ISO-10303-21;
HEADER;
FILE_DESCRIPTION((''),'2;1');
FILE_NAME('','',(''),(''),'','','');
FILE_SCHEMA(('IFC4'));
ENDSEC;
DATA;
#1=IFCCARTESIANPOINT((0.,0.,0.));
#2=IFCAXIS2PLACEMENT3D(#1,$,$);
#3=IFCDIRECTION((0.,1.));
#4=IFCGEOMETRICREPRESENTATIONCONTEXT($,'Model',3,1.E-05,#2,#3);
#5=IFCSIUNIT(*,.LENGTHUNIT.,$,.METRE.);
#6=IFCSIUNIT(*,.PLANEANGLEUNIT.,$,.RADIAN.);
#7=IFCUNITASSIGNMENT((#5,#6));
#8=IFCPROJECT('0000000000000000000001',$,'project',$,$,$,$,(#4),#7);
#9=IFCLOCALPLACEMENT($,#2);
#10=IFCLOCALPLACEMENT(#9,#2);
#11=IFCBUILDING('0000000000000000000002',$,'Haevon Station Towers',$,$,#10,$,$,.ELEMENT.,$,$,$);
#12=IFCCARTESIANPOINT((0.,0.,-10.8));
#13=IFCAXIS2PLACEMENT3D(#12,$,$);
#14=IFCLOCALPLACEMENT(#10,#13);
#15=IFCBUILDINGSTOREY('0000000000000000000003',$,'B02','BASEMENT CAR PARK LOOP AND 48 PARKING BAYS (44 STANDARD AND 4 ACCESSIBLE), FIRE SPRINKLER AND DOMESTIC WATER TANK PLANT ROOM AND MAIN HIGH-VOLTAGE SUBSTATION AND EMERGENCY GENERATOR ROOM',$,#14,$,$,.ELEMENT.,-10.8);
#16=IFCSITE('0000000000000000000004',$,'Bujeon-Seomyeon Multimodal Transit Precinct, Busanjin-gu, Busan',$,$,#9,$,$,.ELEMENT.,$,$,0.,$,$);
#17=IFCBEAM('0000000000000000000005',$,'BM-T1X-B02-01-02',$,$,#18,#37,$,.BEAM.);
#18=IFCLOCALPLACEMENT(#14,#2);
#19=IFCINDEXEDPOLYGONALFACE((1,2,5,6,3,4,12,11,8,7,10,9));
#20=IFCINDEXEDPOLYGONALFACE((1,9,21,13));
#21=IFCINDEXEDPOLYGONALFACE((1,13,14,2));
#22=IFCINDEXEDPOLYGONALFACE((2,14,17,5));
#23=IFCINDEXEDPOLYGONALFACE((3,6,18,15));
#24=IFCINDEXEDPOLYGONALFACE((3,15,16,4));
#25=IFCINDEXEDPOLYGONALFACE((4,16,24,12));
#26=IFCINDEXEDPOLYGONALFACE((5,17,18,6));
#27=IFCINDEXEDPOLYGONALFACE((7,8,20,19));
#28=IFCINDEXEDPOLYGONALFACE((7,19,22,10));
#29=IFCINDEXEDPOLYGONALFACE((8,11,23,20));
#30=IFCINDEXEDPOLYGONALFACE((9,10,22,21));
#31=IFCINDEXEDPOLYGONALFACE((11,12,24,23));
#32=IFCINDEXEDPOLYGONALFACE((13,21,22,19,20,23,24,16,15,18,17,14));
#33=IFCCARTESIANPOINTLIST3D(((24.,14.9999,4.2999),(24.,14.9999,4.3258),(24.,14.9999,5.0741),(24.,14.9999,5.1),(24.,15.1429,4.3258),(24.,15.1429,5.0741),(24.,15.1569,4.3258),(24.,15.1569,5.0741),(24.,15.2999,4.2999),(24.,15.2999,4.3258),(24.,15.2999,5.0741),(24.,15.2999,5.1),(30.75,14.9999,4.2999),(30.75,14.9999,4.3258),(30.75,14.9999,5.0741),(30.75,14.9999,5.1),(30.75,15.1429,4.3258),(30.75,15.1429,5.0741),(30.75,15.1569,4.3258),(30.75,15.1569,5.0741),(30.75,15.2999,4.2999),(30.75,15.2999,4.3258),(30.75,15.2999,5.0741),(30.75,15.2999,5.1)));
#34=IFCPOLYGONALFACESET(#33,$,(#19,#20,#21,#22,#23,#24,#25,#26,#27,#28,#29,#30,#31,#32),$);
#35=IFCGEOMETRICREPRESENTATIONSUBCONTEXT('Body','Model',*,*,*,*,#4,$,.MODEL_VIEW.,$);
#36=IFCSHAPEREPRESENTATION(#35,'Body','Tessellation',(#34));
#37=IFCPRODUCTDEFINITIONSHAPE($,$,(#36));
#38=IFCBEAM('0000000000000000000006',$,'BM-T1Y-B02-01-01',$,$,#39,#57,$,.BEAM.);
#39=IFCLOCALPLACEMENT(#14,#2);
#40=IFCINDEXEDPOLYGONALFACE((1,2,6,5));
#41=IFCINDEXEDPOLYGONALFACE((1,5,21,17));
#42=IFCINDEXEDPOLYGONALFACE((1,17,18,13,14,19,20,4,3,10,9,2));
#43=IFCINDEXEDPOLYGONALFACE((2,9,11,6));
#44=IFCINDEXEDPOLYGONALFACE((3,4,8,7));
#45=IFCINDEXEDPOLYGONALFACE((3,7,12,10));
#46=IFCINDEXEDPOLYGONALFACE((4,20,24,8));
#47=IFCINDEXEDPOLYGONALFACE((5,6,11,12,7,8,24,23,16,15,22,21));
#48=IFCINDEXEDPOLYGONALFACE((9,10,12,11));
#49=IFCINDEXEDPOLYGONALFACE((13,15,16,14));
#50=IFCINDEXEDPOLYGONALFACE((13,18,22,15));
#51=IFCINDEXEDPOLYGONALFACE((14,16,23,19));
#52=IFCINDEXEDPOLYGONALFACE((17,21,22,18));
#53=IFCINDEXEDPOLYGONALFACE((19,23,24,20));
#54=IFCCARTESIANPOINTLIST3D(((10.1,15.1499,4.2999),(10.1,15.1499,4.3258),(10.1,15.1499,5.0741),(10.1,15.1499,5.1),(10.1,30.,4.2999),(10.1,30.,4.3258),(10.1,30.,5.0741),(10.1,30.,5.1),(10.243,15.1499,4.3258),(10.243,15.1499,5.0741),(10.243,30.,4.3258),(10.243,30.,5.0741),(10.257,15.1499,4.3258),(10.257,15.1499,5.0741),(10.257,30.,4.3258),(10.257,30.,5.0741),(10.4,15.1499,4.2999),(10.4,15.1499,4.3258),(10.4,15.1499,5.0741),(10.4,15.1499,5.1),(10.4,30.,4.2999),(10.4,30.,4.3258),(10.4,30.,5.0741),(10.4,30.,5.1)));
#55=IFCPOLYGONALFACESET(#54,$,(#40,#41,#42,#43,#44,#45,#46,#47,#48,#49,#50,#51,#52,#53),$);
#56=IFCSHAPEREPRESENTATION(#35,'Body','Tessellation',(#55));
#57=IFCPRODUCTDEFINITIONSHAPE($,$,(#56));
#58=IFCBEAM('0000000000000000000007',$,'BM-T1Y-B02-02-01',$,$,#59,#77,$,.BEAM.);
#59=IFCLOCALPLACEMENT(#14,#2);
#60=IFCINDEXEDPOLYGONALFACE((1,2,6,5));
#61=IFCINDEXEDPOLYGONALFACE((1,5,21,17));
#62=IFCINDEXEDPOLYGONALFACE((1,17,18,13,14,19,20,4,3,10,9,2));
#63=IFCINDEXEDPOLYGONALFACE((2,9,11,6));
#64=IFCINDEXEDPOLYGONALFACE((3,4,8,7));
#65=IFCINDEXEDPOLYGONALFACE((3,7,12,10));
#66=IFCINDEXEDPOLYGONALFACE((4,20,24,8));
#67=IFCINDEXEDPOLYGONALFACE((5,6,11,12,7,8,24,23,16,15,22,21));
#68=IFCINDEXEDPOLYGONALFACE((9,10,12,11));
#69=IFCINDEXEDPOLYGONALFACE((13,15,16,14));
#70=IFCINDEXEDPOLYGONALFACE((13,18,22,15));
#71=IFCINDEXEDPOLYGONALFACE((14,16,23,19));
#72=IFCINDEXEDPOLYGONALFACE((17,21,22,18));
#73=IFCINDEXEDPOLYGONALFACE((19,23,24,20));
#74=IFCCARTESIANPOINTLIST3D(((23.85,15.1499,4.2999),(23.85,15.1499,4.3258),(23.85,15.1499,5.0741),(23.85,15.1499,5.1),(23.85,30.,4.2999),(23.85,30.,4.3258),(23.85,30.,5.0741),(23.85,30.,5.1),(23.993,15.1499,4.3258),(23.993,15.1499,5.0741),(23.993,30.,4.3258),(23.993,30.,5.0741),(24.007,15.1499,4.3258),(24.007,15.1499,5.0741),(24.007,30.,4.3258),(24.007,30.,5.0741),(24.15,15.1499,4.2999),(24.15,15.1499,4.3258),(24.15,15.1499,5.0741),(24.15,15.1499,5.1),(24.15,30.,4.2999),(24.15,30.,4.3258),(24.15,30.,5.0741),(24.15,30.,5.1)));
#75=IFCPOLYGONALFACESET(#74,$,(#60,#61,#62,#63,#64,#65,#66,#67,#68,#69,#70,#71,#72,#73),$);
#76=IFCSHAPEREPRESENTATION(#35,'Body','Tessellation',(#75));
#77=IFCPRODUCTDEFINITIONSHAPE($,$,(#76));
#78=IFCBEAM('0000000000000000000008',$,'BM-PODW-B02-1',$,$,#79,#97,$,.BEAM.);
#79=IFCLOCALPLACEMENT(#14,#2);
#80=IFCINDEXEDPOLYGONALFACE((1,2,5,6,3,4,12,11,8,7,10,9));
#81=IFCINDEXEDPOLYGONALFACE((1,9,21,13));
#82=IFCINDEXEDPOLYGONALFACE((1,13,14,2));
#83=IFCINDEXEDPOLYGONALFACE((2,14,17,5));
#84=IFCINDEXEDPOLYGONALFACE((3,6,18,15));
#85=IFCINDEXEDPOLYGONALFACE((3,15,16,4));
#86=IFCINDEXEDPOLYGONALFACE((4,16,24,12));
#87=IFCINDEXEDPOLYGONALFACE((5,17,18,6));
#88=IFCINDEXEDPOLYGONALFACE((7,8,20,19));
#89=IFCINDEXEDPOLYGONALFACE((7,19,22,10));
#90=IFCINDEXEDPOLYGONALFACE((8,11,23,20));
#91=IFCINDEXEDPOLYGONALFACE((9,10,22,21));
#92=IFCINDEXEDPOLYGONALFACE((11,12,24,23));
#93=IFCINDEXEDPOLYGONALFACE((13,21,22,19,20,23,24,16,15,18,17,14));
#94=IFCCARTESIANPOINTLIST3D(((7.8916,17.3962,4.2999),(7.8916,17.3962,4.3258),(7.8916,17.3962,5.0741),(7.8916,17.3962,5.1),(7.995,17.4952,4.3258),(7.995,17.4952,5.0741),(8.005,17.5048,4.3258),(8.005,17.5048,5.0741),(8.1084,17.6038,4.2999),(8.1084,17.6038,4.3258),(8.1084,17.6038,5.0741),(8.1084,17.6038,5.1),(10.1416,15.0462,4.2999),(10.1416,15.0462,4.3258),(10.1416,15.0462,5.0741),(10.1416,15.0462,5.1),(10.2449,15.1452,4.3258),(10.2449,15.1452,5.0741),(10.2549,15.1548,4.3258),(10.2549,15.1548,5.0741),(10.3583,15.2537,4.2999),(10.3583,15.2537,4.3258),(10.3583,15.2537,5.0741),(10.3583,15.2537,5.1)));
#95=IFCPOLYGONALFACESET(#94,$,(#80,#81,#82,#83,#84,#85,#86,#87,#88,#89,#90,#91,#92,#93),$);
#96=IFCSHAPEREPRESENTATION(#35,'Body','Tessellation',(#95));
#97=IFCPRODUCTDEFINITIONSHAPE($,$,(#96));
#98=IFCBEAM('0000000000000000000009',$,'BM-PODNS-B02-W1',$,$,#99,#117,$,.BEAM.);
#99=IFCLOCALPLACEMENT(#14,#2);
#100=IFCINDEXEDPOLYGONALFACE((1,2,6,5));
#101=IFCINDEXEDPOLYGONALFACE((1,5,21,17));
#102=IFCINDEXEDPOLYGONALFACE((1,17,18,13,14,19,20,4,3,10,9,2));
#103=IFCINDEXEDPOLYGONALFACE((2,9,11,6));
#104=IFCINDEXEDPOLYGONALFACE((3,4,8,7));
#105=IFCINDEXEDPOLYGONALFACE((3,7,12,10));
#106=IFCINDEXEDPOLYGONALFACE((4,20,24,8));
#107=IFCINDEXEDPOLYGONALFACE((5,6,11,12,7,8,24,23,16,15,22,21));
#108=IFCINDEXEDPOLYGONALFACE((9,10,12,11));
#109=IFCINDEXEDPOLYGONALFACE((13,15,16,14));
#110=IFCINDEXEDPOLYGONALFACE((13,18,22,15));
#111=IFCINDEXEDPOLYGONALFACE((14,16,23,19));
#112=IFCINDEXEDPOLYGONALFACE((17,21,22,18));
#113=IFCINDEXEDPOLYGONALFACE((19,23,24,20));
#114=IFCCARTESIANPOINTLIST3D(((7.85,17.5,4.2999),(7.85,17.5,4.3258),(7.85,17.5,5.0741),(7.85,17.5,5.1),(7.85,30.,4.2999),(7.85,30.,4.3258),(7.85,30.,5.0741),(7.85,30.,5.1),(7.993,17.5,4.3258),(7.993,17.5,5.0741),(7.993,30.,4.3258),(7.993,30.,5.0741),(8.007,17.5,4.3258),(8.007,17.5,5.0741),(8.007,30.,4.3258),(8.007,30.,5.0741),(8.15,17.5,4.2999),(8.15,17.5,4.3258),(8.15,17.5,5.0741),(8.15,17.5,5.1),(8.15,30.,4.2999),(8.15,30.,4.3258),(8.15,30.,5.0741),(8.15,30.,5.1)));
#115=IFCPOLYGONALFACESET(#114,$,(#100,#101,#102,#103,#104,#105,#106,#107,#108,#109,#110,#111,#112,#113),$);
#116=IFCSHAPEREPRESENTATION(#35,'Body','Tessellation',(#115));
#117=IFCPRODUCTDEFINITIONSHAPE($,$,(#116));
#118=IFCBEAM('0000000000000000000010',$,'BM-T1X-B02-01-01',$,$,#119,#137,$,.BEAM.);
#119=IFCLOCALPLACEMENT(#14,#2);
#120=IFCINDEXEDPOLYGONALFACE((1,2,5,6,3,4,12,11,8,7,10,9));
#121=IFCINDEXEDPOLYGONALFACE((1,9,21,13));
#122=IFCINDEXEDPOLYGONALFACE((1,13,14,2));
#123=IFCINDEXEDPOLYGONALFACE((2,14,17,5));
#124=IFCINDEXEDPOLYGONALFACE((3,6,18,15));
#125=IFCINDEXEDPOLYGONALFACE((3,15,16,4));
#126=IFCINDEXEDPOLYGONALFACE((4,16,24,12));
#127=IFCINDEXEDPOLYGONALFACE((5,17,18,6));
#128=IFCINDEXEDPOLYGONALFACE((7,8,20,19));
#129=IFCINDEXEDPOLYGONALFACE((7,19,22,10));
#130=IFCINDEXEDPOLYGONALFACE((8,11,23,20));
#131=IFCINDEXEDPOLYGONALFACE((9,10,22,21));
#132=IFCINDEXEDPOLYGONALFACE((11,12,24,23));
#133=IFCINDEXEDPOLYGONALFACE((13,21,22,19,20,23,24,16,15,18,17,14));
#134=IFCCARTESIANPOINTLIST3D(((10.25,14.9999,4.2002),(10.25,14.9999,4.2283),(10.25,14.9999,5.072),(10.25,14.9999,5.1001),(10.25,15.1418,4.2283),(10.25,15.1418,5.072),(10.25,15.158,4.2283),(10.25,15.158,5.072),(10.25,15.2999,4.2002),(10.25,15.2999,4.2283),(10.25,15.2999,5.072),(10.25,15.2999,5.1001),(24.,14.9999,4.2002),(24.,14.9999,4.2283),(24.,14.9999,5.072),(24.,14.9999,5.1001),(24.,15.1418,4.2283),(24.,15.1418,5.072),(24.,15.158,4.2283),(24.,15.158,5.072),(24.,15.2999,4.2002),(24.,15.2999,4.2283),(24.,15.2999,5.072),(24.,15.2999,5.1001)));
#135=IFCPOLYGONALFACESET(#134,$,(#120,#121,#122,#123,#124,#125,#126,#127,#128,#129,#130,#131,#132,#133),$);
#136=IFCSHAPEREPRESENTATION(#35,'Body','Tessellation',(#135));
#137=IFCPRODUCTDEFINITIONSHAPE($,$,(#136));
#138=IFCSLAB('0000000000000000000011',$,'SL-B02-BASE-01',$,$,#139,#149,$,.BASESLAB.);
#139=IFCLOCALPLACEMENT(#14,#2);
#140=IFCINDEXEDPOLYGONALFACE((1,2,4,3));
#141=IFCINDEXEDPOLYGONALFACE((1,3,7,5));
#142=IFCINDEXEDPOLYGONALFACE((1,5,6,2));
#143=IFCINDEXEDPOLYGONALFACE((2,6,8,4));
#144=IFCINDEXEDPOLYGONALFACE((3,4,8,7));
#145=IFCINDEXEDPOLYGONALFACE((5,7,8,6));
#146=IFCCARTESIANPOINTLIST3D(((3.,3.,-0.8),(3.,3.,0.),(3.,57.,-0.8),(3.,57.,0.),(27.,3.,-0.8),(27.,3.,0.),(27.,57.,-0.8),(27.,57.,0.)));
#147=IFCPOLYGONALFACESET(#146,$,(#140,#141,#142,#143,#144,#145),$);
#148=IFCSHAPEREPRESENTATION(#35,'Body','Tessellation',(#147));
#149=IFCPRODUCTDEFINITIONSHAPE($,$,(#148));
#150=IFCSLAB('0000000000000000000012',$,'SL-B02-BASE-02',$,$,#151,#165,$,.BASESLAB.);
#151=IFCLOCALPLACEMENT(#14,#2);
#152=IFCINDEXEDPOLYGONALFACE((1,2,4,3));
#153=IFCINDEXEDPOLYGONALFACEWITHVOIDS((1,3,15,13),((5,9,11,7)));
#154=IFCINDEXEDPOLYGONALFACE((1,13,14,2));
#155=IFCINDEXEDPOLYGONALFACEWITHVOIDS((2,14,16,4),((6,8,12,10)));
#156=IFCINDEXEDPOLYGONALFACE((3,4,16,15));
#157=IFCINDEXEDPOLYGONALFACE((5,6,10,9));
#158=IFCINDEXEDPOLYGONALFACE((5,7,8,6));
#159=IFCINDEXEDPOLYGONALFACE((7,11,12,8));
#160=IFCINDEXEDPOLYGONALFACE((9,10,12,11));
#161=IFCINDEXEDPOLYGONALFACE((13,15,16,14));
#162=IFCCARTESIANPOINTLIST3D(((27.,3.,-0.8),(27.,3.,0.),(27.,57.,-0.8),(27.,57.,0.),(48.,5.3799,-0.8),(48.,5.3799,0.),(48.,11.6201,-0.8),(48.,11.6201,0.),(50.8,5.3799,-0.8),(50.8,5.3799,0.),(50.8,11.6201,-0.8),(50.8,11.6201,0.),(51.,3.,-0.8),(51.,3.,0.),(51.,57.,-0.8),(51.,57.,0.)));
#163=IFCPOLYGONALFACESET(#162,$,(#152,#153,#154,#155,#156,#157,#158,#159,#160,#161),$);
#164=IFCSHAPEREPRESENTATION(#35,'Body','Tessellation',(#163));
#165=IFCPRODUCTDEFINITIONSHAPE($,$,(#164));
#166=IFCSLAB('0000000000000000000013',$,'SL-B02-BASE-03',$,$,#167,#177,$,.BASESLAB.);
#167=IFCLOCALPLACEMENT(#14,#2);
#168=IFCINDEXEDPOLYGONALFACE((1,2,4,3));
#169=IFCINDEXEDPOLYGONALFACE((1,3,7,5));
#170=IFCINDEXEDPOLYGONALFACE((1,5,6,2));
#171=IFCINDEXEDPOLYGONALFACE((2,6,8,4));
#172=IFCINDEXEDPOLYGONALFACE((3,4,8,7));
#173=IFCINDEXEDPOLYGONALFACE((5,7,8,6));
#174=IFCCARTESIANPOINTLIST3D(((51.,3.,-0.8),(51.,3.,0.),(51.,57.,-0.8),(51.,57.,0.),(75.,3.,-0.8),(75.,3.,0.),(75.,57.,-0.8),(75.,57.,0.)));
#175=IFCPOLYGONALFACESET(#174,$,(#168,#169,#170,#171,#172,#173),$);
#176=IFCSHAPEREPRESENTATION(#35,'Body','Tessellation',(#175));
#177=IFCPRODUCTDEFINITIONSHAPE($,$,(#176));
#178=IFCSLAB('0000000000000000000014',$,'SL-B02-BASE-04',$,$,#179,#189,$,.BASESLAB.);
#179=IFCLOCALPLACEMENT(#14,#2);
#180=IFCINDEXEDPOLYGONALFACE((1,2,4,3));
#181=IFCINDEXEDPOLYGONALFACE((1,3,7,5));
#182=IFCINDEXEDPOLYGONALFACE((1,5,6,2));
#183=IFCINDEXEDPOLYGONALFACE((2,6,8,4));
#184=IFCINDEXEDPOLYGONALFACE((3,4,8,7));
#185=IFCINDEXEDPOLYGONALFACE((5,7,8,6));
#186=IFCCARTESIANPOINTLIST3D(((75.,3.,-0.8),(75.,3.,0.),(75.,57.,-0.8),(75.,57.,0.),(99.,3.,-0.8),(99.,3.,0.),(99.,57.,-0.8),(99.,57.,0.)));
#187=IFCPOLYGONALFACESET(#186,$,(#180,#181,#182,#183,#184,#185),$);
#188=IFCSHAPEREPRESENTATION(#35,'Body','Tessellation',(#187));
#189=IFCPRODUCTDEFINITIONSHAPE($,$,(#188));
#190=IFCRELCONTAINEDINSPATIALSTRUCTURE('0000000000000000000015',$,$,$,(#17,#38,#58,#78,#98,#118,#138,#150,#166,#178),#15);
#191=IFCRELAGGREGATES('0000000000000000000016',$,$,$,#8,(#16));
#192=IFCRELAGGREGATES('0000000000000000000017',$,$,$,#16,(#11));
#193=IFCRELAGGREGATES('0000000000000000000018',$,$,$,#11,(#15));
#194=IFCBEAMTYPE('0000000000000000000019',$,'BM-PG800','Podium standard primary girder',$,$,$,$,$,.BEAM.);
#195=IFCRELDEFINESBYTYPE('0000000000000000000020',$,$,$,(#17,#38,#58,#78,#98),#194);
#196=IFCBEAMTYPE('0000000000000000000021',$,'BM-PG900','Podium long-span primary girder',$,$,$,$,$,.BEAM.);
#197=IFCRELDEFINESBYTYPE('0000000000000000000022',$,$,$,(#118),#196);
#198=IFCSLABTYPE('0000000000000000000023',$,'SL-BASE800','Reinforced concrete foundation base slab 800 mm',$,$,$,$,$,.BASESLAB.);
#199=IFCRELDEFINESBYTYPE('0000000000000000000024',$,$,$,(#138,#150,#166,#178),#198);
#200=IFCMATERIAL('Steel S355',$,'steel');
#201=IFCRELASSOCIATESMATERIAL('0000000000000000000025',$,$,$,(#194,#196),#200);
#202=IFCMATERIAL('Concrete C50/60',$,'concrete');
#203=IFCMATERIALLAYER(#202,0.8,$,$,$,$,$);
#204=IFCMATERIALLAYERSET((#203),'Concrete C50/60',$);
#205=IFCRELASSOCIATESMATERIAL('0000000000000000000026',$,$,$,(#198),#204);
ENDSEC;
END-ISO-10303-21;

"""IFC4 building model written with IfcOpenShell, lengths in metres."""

from ifc_helpers import new_model, si_unit, direction, frame, origin, origin_2d, place, context, subcontext, project, spatial, polyline, i_section, outline, extrude, material, layer, layer_set, material_profile, profile_set, type_object, element, save


model = new_model("IFC4")

# Units and contexts
model_context = context("Model", 3, precision=1e-05, world=origin(), true_north=direction((0.0, 1.0)))
body_context = subcontext(model_context, "Body", "Model", "MODEL_VIEW")
ifc_project = project(units=[si_unit("LENGTHUNIT", "METRE"), si_unit("PLANEANGLEUNIT", "RADIAN")], contexts=[model_context])

# Site, building, storey
site_placement = place(None, origin())
site = spatial("IfcSite", under=ifc_project, at=site_placement, Name="Bujeon-Seomyeon Multimodal Transit Precinct, Busanjin-gu, Busan", CompositionType="ELEMENT", RefElevation=0.0)
building_placement = place(site_placement, origin())
building = spatial("IfcBuilding", under=site, at=building_placement, Name="Haevon Station Towers", CompositionType="ELEMENT")
storey_placement = place(building_placement, frame((0.0, 0.0, -10.8)))
storey = spatial("IfcBuildingStorey", under=building, at=storey_placement, Name="B02", Description="BASEMENT CAR PARK LOOP AND 48 PARKING BAYS (44 STANDARD AND 4 ACCESSIBLE), FIRE SPRINKLER AND DOMESTIC WATER TANK PLANT ROOM AND MAIN HIGH-VOLTAGE SUBSTATION AND EMERGENCY GENERATOR ROOM", CompositionType="ELEMENT", Elevation=-10.8)

# Shared definitions
ifc_material_1 = material(Name="Concrete C50/60", Category="concrete")

# Beams
ifc_material_2 = material(Name="Steel S355", Category="steel")
ifc_material_profile_1 = material_profile(ifc_material_2, i_section(OverallWidth=0.3, OverallDepth=0.8, WebThickness=0.0139, FlangeThickness=0.0259, at=origin_2d()), Name="H-800x300x14x26")
ifc_profile_set_1 = profile_set([ifc_material_profile_1], Name="Steel S355")
beam_type_1 = type_object("IfcBeamType", Name="BM-PG800", Description="Podium standard primary girder", PredefinedType="BEAM", material=ifc_profile_set_1)
beam_1_placement = place(storey_placement, frame((24.0, 15.1499, 4.7), z_axis=(1.0, 0.0, 0.0), x_axis=(0.0, 1.0, 0.0)))
element("IfcBeam", 1, at=beam_1_placement, inside=storey, type_object=beam_type_1, Name="BM-T1X-B02-01-02", PredefinedType="BEAM", context=body_context, shape_type="SweptSolid", body=[
    extrude(i_section(OverallWidth=0.3, OverallDepth=0.8, WebThickness=0.0139, FlangeThickness=0.0259, at=origin_2d()), origin(), (0.0, 0.0, 1.0), 6.75),
])
for number, where, z_axis, x_axis, name in (
    (2, (10.25, 15.1499, 4.7), (0.0, 1.0, 0.0), (-1.0, 0.0, 0.0), "BM-T1Y-B02-01-01"),
    (3, (24.0, 15.1499, 4.7), (0.0, 1.0, 0.0), (-1.0, 0.0, 0.0), "BM-T1Y-B02-02-01"),
):
    element("IfcBeam", number, at=place(storey_placement, frame(where, z_axis=z_axis, x_axis=x_axis)), inside=storey, type_object=beam_type_1, Name=name, PredefinedType="BEAM", context=body_context, shape_type="SweptSolid", body=[
        extrude(i_section(OverallWidth=0.3, OverallDepth=0.8, WebThickness=0.0139, FlangeThickness=0.0259, at=origin_2d()), origin(), (0.0, 0.0, 1.0), 14.8501),
    ])
beam_2_placement = place(storey_placement, frame((8.0, 17.5, 4.7), z_axis=(0.691557, -0.722322, 0.0), x_axis=(0.722322, 0.691557, 0.0)))
element("IfcBeam", 4, at=beam_2_placement, inside=storey, type_object=beam_type_1, Name="BM-PODW-B02-1", PredefinedType="BEAM", context=body_context, shape_type="SweptSolid", body=[
    extrude(i_section(OverallWidth=0.3, OverallDepth=0.8, WebThickness=0.0139, FlangeThickness=0.0259, at=origin_2d()), origin(), (0.0, 0.0, 1.0), 3.2534),
])
beam_3_placement = place(storey_placement, frame((8.0, 17.5, 4.7), z_axis=(0.0, 1.0, 0.0), x_axis=(-1.0, 0.0, 0.0)))
element("IfcBeam", 5, at=beam_3_placement, inside=storey, type_object=beam_type_1, Name="BM-PODNS-B02-W1", PredefinedType="BEAM", context=body_context, shape_type="SweptSolid", body=[
    extrude(i_section(OverallWidth=0.3, OverallDepth=0.8, WebThickness=0.0139, FlangeThickness=0.0259, at=origin_2d()), origin(), (0.0, 0.0, 1.0), 12.5),
])
ifc_material_profile_2 = material_profile(ifc_material_2, i_section(OverallWidth=0.3, OverallDepth=0.8999, WebThickness=0.0161, FlangeThickness=0.0281, at=origin_2d()), Name="H-900x300x16x28")
ifc_profile_set_2 = profile_set([ifc_material_profile_2], Name="Steel S355")
beam_type_2 = type_object("IfcBeamType", Name="BM-PG900", Description="Podium long-span primary girder", PredefinedType="BEAM", material=ifc_profile_set_2)
beam_4_placement = place(storey_placement, frame((10.25, 15.1499, 4.6501), z_axis=(1.0, 0.0, 0.0), x_axis=(0.0, 1.0, 0.0)))
element("IfcBeam", 6, at=beam_4_placement, inside=storey, type_object=beam_type_2, Name="BM-T1X-B02-01-01", PredefinedType="BEAM", context=body_context, shape_type="SweptSolid", body=[
    extrude(i_section(OverallWidth=0.3, OverallDepth=0.8999, WebThickness=0.0161, FlangeThickness=0.0281, at=origin_2d()), origin(), (0.0, 0.0, 1.0), 13.75),
])

# Slabs
ifc_layer_1 = layer(ifc_material_1, 0.8)
ifc_layer_set_1 = layer_set([ifc_layer_1], Name="Concrete C50/60")
slab_type_1 = type_object("IfcSlabType", Name="SL-BASE800", Description="Reinforced concrete foundation base slab 800 mm", PredefinedType="BASESLAB", material=ifc_layer_set_1)
slab_1_placement = place(storey_placement, frame((0.0, 0.0, -0.8)))
element("IfcSlab", 7, at=slab_1_placement, inside=storey, type_object=slab_type_1, Name="SL-B02-BASE-01", PredefinedType="BASESLAB", context=body_context, shape_type="SweptSolid", body=[
    extrude(outline(polyline([(3.0, 3.0), (27.0, 3.0), (27.0, 57.0), (3.0, 57.0), (3.0, 3.0)])), origin(), (0.0, 0.0, 1.0), 0.8),
])
slab_2_placement = place(storey_placement, frame((0.0, 0.0, -0.8)))
element("IfcSlab", 8, at=slab_2_placement, inside=storey, type_object=slab_type_1, Name="SL-B02-BASE-02", PredefinedType="BASESLAB", context=body_context, shape_type="SweptSolid", body=[
    extrude(outline(polyline([(27.0, 3.0), (51.0, 3.0), (51.0, 57.0), (27.0, 57.0), (27.0, 3.0)]), holes=[polyline([(48.0, 5.3799), (50.8, 5.3799), (50.8, 11.6201), (48.0, 11.6201), (48.0, 5.3799)])]), origin(), (0.0, 0.0, 1.0), 0.8),
])
slab_3_placement = place(storey_placement, frame((0.0, 0.0, -0.8)))
element("IfcSlab", 9, at=slab_3_placement, inside=storey, type_object=slab_type_1, Name="SL-B02-BASE-03", PredefinedType="BASESLAB", context=body_context, shape_type="SweptSolid", body=[
    extrude(outline(polyline([(51.0, 3.0), (75.0, 3.0), (75.0, 57.0), (51.0, 57.0), (51.0, 3.0)])), origin(), (0.0, 0.0, 1.0), 0.8),
])
slab_4_placement = place(storey_placement, frame((0.0, 0.0, -0.8)))
element("IfcSlab", 10, at=slab_4_placement, inside=storey, type_object=slab_type_1, Name="SL-B02-BASE-04", PredefinedType="BASESLAB", context=body_context, shape_type="SweptSolid", body=[
    extrude(outline(polyline([(75.0, 3.0), (99.0, 3.0), (99.0, 57.0), (75.0, 57.0), (75.0, 3.0)])), origin(), (0.0, 0.0, 1.0), 0.8),
])

save(model, "model.ifc")
